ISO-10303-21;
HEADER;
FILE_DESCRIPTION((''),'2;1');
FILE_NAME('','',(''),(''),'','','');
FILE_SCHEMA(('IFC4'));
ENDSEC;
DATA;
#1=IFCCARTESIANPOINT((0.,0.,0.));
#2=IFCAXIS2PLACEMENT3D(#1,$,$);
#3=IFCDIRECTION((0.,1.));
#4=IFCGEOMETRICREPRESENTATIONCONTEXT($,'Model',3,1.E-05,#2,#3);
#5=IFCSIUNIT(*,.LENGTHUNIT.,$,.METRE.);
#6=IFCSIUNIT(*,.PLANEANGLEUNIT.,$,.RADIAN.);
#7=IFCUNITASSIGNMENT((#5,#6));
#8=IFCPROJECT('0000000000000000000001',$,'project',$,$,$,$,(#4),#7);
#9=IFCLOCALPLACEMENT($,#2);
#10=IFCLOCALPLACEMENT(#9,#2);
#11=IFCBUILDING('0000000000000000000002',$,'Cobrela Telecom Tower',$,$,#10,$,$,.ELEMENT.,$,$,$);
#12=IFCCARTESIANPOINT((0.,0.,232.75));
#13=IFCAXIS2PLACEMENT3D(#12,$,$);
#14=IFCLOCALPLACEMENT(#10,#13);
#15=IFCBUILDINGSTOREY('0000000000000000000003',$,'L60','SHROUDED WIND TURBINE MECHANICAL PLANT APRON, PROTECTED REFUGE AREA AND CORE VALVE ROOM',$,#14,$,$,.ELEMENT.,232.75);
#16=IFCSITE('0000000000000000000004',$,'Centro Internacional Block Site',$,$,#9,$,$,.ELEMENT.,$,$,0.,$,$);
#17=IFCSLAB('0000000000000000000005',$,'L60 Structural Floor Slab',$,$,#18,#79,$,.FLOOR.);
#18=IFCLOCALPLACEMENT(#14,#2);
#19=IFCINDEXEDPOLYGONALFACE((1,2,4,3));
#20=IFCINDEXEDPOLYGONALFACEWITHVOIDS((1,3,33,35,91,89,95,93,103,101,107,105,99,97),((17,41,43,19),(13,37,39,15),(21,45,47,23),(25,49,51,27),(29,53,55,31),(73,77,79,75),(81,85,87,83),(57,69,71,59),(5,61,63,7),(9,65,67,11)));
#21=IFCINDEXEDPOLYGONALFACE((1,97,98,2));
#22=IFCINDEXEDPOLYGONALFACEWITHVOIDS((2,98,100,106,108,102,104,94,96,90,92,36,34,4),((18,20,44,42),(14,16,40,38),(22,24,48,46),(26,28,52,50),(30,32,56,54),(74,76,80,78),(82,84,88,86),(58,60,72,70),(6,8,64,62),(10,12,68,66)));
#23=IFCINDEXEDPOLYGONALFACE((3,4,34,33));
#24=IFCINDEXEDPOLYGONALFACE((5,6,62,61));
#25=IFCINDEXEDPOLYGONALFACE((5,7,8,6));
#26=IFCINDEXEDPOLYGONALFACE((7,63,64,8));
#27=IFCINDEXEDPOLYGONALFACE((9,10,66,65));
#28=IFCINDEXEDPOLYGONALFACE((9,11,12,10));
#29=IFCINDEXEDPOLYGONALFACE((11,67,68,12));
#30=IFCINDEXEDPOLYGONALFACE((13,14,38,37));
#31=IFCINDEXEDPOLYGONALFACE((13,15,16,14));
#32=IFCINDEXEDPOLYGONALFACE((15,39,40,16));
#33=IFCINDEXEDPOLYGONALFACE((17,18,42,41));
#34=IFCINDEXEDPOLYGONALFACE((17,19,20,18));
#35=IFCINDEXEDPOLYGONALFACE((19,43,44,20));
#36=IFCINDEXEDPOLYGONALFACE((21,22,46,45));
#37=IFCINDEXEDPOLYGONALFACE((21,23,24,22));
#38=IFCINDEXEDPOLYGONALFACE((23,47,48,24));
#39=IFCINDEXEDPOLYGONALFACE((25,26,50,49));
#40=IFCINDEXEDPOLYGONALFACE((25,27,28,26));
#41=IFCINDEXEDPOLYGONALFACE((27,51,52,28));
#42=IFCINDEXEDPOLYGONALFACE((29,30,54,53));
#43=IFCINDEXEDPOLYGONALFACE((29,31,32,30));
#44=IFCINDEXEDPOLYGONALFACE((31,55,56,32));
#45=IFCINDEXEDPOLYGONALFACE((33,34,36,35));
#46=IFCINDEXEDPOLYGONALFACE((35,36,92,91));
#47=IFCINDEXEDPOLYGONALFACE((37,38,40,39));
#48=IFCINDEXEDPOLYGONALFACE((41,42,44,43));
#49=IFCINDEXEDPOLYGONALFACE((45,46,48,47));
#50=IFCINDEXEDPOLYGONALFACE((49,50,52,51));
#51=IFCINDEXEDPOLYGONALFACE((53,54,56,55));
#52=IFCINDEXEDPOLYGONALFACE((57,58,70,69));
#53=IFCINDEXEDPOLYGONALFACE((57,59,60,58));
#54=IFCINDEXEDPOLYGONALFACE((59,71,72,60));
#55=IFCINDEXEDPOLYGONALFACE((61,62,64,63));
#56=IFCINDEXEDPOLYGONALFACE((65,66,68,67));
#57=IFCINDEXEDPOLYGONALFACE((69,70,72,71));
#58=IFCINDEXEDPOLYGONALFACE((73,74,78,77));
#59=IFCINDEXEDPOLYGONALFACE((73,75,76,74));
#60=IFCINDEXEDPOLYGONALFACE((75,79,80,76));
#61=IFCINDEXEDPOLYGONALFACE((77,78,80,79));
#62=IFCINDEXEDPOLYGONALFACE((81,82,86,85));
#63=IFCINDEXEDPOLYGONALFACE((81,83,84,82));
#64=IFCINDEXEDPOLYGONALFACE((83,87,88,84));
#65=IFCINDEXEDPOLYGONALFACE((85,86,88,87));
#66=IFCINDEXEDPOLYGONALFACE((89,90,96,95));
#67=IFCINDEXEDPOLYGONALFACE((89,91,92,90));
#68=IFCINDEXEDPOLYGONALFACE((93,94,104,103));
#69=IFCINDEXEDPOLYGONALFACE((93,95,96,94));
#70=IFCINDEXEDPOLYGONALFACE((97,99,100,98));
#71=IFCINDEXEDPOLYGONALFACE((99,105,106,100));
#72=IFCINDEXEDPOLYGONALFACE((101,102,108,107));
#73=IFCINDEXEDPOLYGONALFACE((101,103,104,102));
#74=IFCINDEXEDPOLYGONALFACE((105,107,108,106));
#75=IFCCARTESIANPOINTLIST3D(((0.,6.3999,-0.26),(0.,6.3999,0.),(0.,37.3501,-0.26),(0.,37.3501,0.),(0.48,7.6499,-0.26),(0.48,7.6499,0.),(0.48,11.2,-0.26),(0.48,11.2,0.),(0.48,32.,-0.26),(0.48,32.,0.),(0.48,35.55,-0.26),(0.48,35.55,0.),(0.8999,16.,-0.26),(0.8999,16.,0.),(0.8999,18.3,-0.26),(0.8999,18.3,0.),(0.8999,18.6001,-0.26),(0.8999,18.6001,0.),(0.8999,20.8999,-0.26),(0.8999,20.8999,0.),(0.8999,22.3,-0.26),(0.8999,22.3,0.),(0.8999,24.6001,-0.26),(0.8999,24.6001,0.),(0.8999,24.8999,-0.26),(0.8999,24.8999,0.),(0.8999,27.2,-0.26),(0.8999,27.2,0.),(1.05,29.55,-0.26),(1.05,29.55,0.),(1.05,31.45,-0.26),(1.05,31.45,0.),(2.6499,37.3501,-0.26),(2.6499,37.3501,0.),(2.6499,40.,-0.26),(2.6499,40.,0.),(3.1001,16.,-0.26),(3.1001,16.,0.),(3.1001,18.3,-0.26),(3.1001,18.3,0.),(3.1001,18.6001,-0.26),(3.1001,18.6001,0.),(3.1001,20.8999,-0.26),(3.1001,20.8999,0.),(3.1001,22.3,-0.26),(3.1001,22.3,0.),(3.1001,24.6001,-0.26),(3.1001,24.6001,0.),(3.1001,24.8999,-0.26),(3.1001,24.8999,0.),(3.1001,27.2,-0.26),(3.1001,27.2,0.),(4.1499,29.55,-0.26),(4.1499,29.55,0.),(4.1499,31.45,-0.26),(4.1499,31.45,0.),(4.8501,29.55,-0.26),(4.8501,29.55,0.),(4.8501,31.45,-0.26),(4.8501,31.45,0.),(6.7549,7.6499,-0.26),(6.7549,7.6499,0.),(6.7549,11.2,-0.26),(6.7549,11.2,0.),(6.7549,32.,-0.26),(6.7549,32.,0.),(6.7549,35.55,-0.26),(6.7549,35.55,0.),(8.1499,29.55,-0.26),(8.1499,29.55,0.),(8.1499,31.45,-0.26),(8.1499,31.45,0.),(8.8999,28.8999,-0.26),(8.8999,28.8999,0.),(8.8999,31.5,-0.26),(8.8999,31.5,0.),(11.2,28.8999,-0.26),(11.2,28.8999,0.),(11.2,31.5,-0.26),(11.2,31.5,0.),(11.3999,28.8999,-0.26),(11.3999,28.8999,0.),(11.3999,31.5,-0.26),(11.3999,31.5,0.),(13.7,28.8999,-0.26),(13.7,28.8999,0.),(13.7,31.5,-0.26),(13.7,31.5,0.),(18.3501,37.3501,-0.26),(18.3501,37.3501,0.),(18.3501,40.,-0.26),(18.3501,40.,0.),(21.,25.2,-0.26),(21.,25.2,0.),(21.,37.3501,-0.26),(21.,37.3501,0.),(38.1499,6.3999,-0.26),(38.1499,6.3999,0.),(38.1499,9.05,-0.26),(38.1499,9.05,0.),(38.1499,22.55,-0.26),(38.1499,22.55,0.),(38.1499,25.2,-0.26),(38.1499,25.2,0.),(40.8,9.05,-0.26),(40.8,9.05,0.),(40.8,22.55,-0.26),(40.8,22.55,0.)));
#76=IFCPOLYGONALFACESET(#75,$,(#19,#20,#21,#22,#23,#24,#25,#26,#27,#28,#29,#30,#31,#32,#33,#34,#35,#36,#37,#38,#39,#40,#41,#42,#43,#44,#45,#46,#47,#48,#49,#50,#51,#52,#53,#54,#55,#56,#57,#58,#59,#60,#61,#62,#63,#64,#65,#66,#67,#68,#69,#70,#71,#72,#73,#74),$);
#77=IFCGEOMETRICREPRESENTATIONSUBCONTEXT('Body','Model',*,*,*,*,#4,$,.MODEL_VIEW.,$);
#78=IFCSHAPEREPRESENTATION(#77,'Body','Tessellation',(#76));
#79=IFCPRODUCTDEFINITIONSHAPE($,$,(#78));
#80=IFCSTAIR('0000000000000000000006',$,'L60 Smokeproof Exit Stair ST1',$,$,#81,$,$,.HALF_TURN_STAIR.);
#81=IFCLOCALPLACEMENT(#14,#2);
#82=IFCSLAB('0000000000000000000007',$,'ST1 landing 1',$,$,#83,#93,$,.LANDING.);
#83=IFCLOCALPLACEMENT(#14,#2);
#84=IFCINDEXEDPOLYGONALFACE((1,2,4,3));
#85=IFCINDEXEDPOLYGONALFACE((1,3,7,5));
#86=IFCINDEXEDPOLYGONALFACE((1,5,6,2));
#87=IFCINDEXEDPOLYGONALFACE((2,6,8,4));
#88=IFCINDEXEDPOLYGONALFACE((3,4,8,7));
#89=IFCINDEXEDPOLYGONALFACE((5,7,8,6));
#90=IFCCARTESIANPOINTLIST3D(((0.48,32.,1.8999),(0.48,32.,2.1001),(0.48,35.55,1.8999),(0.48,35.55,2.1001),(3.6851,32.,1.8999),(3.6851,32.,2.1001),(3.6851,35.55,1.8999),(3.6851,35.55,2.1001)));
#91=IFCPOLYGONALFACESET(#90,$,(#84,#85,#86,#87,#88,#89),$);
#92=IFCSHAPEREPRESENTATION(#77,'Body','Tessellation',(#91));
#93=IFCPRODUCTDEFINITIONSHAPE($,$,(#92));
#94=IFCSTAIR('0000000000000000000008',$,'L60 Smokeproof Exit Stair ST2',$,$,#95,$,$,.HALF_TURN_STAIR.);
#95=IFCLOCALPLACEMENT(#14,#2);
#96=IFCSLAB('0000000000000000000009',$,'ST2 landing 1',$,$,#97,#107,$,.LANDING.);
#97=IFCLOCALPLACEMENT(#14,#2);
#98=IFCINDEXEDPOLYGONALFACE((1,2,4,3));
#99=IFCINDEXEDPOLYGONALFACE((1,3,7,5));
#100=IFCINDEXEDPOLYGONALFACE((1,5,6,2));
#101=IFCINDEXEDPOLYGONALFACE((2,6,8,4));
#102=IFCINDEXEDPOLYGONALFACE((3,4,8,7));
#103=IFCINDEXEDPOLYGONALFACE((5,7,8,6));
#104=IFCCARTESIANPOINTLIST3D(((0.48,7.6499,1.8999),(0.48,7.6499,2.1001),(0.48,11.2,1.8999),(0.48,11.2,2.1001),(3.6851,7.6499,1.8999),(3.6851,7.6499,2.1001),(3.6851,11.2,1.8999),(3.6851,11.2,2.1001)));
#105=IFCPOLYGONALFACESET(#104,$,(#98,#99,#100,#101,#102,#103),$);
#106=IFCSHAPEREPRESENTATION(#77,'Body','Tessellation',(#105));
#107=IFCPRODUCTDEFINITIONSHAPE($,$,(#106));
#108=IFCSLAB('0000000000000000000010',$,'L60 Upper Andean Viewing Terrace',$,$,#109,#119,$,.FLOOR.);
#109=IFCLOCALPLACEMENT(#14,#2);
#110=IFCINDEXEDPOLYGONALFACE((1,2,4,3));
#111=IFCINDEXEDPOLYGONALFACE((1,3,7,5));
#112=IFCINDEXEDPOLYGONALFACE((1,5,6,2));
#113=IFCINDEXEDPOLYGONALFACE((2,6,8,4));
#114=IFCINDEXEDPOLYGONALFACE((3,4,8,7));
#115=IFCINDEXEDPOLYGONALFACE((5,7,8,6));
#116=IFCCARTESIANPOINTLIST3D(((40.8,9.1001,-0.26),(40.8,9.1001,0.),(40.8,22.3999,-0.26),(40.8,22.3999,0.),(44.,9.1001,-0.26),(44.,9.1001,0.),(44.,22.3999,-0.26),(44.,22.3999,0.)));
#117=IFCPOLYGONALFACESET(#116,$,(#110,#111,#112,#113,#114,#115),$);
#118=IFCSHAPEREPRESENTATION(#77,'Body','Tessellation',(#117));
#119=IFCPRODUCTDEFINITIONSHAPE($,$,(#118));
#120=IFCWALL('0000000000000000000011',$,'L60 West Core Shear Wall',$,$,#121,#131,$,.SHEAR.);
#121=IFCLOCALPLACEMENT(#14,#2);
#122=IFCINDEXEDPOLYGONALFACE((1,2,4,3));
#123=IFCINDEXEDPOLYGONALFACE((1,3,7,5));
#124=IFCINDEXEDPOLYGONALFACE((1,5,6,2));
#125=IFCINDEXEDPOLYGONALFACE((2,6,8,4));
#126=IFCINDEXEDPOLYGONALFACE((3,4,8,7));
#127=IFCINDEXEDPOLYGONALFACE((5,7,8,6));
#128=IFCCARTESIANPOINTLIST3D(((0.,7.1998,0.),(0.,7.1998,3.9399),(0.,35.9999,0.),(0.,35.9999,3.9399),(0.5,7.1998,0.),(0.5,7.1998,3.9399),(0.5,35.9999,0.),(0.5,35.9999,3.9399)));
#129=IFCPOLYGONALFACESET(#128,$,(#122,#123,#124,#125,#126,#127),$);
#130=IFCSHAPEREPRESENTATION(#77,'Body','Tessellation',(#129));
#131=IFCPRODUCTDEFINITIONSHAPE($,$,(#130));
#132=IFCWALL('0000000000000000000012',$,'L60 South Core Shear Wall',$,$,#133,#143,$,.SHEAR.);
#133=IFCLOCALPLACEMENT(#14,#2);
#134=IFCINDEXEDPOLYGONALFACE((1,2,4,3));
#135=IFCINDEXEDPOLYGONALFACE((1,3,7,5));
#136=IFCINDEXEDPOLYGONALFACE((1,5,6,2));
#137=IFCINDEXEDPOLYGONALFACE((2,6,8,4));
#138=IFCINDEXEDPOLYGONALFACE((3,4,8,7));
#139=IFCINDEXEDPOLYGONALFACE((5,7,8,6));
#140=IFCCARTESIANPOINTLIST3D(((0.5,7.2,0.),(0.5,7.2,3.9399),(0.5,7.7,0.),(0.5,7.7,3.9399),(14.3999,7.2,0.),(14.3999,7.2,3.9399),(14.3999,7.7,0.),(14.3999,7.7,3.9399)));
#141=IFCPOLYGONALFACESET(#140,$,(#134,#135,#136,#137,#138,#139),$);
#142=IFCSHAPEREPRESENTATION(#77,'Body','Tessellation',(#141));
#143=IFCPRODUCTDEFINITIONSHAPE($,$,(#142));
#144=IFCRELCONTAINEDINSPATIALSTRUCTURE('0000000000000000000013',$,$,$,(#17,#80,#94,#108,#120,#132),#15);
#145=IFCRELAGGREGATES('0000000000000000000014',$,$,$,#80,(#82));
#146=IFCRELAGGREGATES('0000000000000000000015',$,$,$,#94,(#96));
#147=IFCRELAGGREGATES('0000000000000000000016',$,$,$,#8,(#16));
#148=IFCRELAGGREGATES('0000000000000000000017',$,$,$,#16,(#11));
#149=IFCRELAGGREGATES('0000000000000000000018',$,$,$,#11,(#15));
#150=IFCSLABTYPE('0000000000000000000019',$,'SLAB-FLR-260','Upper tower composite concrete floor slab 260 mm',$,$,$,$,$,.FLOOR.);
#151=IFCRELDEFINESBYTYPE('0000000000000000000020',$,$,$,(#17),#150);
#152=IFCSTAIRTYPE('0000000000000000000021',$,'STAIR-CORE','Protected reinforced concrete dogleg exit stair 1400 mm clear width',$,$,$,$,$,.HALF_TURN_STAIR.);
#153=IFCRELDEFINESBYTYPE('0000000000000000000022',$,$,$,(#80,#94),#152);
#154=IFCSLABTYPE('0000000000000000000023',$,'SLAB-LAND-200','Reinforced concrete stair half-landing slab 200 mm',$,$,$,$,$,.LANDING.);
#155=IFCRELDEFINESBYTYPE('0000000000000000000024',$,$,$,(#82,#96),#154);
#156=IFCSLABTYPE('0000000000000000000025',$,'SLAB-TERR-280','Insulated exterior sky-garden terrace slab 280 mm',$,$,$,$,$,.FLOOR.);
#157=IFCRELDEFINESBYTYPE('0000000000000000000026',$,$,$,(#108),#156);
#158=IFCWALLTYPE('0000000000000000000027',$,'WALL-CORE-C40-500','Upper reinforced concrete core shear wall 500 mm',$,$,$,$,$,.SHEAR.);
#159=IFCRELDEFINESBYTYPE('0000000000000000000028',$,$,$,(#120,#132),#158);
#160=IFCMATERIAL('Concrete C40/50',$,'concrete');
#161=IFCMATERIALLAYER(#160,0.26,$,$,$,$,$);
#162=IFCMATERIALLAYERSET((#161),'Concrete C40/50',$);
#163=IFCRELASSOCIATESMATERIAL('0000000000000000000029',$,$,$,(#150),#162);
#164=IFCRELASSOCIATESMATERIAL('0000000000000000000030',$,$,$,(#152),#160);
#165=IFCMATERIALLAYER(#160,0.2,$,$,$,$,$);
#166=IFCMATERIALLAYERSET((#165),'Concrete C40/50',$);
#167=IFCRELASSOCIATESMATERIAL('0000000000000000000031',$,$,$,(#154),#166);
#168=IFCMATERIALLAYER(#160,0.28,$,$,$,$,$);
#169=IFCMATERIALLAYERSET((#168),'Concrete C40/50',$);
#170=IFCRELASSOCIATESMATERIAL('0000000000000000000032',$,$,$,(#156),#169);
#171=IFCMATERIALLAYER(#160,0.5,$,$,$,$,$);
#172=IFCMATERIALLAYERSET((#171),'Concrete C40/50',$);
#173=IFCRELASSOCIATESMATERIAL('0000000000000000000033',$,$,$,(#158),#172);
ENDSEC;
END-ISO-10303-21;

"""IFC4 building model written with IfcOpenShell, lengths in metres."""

from ifc_helpers import new_model, si_unit, direction, frame, frame_2d, origin, place, context, subcontext, project, spatial, polyline, rectangle, outline, extrude, material, layer, layer_set, type_object, element, aggregate, save


model = new_model("IFC4")

# Units and contexts
model_context = context("Model", 3, precision=1e-05, world=origin(), true_north=direction((0.0, 1.0)))
body_context = subcontext(model_context, "Body", "Model", "MODEL_VIEW")
ifc_project = project(units=[si_unit("LENGTHUNIT", "METRE"), si_unit("PLANEANGLEUNIT", "RADIAN")], contexts=[model_context])

# Site, building, storey
site_placement = place(None, origin())
site = spatial("IfcSite", under=ifc_project, at=site_placement, Name="Centro Internacional Block Site", CompositionType="ELEMENT", RefElevation=0.0)
building_placement = place(site_placement, origin())
building = spatial("IfcBuilding", under=site, at=building_placement, Name="Cobrela Telecom Tower", CompositionType="ELEMENT")
storey_placement = place(building_placement, frame((0.0, 0.0, 232.75)))
storey = spatial("IfcBuildingStorey", under=building, at=storey_placement, Name="L60", Description="SHROUDED WIND TURBINE MECHANICAL PLANT APRON, PROTECTED REFUGE AREA AND CORE VALVE ROOM", CompositionType="ELEMENT", Elevation=232.75)

# Slab, openings
ifc_material_1 = material(Name="Concrete C40/50", Category="concrete")
ifc_layer_1 = layer(ifc_material_1, 0.26)
ifc_layer_set_1 = layer_set([ifc_layer_1], Name="Concrete C40/50")
slab_type_1 = type_object("IfcSlabType", Name="SLAB-FLR-260", Description="Upper tower composite concrete floor slab 260 mm", PredefinedType="FLOOR", material=ifc_layer_set_1)
slab_1_placement = place(storey_placement, frame((0.0, 0.0, -0.26)))
slab_1 = element("IfcSlab", 1, at=slab_1_placement, inside=storey, type_object=slab_type_1, Name="L60 Structural Floor Slab", PredefinedType="FLOOR", context=body_context, shape_type="SweptSolid", body=[
    extrude(outline(polyline([(0.0, 6.3999), (38.1499, 6.3999), (38.1499, 9.05), (40.8, 9.05), (40.8, 22.55), (38.1499, 22.55), (38.1499, 25.2), (21.0, 25.2), (21.0, 37.3501), (18.3501, 37.3501), (18.3501, 40.0), (2.6499, 40.0), (2.6499, 37.3501), (0.0, 37.3501), (0.0, 6.3999)])), origin(), (0.0, 0.0, 1.0), 0.26),
])
opening_1_placement = place(slab_1_placement, frame((0.0, 0.0, -0.02)))
element("IfcOpeningElement", 2, at=opening_1_placement, cuts=slab_1, PredefinedType="OPENING", context=body_context, shape_type="SweptSolid", body=[
    extrude(outline(polyline([(8.8999, 28.8999), (11.2, 28.8999), (11.2, 31.5), (8.8999, 31.5), (8.8999, 28.8999)])), origin(), (0.0, 0.0, 1.0), 0.3),
])
opening_2_placement = place(slab_1_placement, frame((0.0, 0.0, -0.02)))
element("IfcOpeningElement", 3, at=opening_2_placement, cuts=slab_1, PredefinedType="OPENING", context=body_context, shape_type="SweptSolid", body=[
    extrude(outline(polyline([(11.3999, 28.8999), (13.7, 28.8999), (13.7, 31.5), (11.3999, 31.5), (11.3999, 28.8999)])), origin(), (0.0, 0.0, 1.0), 0.3),
])
opening_3_placement = place(slab_1_placement, frame((0.0, 0.0, -0.02)))
element("IfcOpeningElement", 4, at=opening_3_placement, cuts=slab_1, PredefinedType="OPENING", context=body_context, shape_type="SweptSolid", body=[
    extrude(outline(polyline([(0.8999, 16.0), (3.1001, 16.0), (3.1001, 18.3), (0.8999, 18.3), (0.8999, 16.0)])), origin(), (0.0, 0.0, 1.0), 0.3),
])
opening_4_placement = place(slab_1_placement, frame((0.0, 0.0, -0.02)))
element("IfcOpeningElement", 5, at=opening_4_placement, cuts=slab_1, PredefinedType="OPENING", context=body_context, shape_type="SweptSolid", body=[
    extrude(outline(polyline([(0.8999, 18.6001), (3.1001, 18.6001), (3.1001, 20.8999), (0.8999, 20.8999), (0.8999, 18.6001)])), origin(), (0.0, 0.0, 1.0), 0.3),
])
opening_5_placement = place(slab_1_placement, frame((0.0, 0.0, -0.02)))
element("IfcOpeningElement", 6, at=opening_5_placement, cuts=slab_1, PredefinedType="OPENING", context=body_context, shape_type="SweptSolid", body=[
    extrude(outline(polyline([(0.8999, 22.3), (3.1001, 22.3), (3.1001, 24.6001), (0.8999, 24.6001), (0.8999, 22.3)])), origin(), (0.0, 0.0, 1.0), 0.3),
])
opening_6_placement = place(slab_1_placement, frame((0.0, 0.0, -0.02)))
element("IfcOpeningElement", 7, at=opening_6_placement, cuts=slab_1, PredefinedType="OPENING", context=body_context, shape_type="SweptSolid", body=[
    extrude(outline(polyline([(0.8999, 24.8999), (3.1001, 24.8999), (3.1001, 27.2), (0.8999, 27.2), (0.8999, 24.8999)])), origin(), (0.0, 0.0, 1.0), 0.3),
])
opening_7_placement = place(slab_1_placement, frame((0.0, 0.0, -0.02)))
element("IfcOpeningElement", 8, at=opening_7_placement, cuts=slab_1, PredefinedType="OPENING", context=body_context, shape_type="SweptSolid", body=[
    extrude(outline(polyline([(1.05, 29.55), (4.1499, 29.55), (4.1499, 31.45), (1.05, 31.45), (1.05, 29.55)])), origin(), (0.0, 0.0, 1.0), 0.3),
])
opening_8_placement = place(slab_1_placement, frame((0.0, 0.0, -0.02)))
element("IfcOpeningElement", 9, at=opening_8_placement, cuts=slab_1, PredefinedType="OPENING", context=body_context, shape_type="SweptSolid", body=[
    extrude(outline(polyline([(4.8501, 29.55), (8.1499, 29.55), (8.1499, 31.45), (4.8501, 31.45), (4.8501, 29.55)])), origin(), (0.0, 0.0, 1.0), 0.3),
])
opening_9_placement = place(slab_1_placement, frame((0.0, 0.0, -0.02)))
element("IfcOpeningElement", 10, at=opening_9_placement, cuts=slab_1, PredefinedType="OPENING", context=body_context, shape_type="SweptSolid", body=[
    extrude(outline(polyline([(6.7549, 35.55), (0.48, 35.55), (0.48, 32.0), (6.7549, 32.0), (6.7549, 35.55)])), origin(), (0.0, 0.0, 1.0), 0.3),
])
opening_10_placement = place(slab_1_placement, frame((0.0, 0.0, -0.02)))
element("IfcOpeningElement", 11, at=opening_10_placement, cuts=slab_1, PredefinedType="OPENING", context=body_context, shape_type="SweptSolid", body=[
    extrude(outline(polyline([(6.7549, 11.2), (0.48, 11.2), (0.48, 7.6499), (6.7549, 7.6499), (6.7549, 11.2)])), origin(), (0.0, 0.0, 1.0), 0.3),
])

# Stairs, slabs
stair_type = type_object("IfcStairType", Name="STAIR-CORE", Description="Protected reinforced concrete dogleg exit stair 1400 mm clear width", PredefinedType="HALF_TURN_STAIR", material=ifc_material_1)
stair_1_placement = place(storey_placement, origin())
stair_1 = element("IfcStair", 12, at=stair_1_placement, inside=storey, type_object=stair_type, Name="L60 Smokeproof Exit Stair ST1", PredefinedType="HALF_TURN_STAIR")
ifc_layer_2 = layer(ifc_material_1, 0.2)
ifc_layer_set_2 = layer_set([ifc_layer_2], Name="Concrete C40/50")
slab_type_2 = type_object("IfcSlabType", Name="SLAB-LAND-200", Description="Reinforced concrete stair half-landing slab 200 mm", PredefinedType="LANDING", material=ifc_layer_set_2)
slab_2_placement = place(storey_placement, frame((0.0, 0.0, 1.8999)))
slab_2 = element("IfcSlab", 13, at=slab_2_placement, type_object=slab_type_2, Name="ST1 landing 1", PredefinedType="LANDING", context=body_context, shape_type="SweptSolid", body=[
    extrude(outline(polyline([(3.6851, 35.55), (0.48, 35.55), (0.48, 32.0), (3.6851, 32.0), (3.6851, 35.55)])), origin(), (0.0, 0.0, 1.0), 0.2002),
])
aggregate(stair_1, [slab_2])
stair_2_placement = place(storey_placement, origin())
stair_2 = element("IfcStair", 14, at=stair_2_placement, inside=storey, type_object=stair_type, Name="L60 Smokeproof Exit Stair ST2", PredefinedType="HALF_TURN_STAIR")
slab_3_placement = place(storey_placement, frame((0.0, 0.0, 1.8999)))
slab_3 = element("IfcSlab", 15, at=slab_3_placement, type_object=slab_type_2, Name="ST2 landing 1", PredefinedType="LANDING", context=body_context, shape_type="SweptSolid", body=[
    extrude(outline(polyline([(3.6851, 11.2), (0.48, 11.2), (0.48, 7.6499), (3.6851, 7.6499), (3.6851, 11.2)])), origin(), (0.0, 0.0, 1.0), 0.2002),
])

# Slab
ifc_layer_3 = layer(ifc_material_1, 0.28)
ifc_layer_set_3 = layer_set([ifc_layer_3], Name="Concrete C40/50")
slab_type_3 = type_object("IfcSlabType", Name="SLAB-TERR-280", Description="Insulated exterior sky-garden terrace slab 280 mm", PredefinedType="FLOOR", material=ifc_layer_set_3)
slab_4_placement = place(storey_placement, frame((0.0, 0.0, -0.26)))
element("IfcSlab", 16, at=slab_4_placement, inside=storey, type_object=slab_type_3, Name="L60 Upper Andean Viewing Terrace", PredefinedType="FLOOR", context=body_context, shape_type="SweptSolid", body=[
    extrude(outline(polyline([(40.8, 9.1001), (44.0, 9.1001), (44.0, 22.3999), (40.8, 22.3999), (40.8, 9.1001)])), origin(), (0.0, 0.0, 1.0), 0.26),
])

# Walls
ifc_layer_4 = layer(ifc_material_1, 0.5)
ifc_layer_set_4 = layer_set([ifc_layer_4], Name="Concrete C40/50")
wall_type = type_object("IfcWallType", Name="WALL-CORE-C40-500", Description="Upper reinforced concrete core shear wall 500 mm", PredefinedType="SHEAR", material=ifc_layer_set_4)
wall_1_placement = place(storey_placement, frame((0.25, 7.2, 0.0), z_axis=(0.0, 0.0, 1.0), x_axis=(0.0, 1.0, 0.0)))
element("IfcWall", 17, at=wall_1_placement, inside=storey, type_object=wall_type, Name="L60 West Core Shear Wall", PredefinedType="SHEAR", context=body_context, shape_type="SweptSolid", body=[
    extrude(rectangle(XDim=28.8, YDim=0.5, at=frame_2d((14.3999, 0.0))), origin(), (0.0, 0.0, 1.0), 3.9399),
])
wall_2_placement = place(storey_placement, frame((0.5, 7.45, 0.0), z_axis=(0.0, 0.0, 1.0), x_axis=(1.0, 0.0, 0.0)))
element("IfcWall", 18, at=wall_2_placement, inside=storey, type_object=wall_type, Name="L60 South Core Shear Wall", PredefinedType="SHEAR", context=body_context, shape_type="SweptSolid", body=[
    extrude(rectangle(XDim=13.8999, YDim=0.5, at=frame_2d((6.95, 0.0))), origin(), (0.0, 0.0, 1.0), 3.9399),
])

aggregate(stair_2, [slab_3])

save(model, "model.ifc")
